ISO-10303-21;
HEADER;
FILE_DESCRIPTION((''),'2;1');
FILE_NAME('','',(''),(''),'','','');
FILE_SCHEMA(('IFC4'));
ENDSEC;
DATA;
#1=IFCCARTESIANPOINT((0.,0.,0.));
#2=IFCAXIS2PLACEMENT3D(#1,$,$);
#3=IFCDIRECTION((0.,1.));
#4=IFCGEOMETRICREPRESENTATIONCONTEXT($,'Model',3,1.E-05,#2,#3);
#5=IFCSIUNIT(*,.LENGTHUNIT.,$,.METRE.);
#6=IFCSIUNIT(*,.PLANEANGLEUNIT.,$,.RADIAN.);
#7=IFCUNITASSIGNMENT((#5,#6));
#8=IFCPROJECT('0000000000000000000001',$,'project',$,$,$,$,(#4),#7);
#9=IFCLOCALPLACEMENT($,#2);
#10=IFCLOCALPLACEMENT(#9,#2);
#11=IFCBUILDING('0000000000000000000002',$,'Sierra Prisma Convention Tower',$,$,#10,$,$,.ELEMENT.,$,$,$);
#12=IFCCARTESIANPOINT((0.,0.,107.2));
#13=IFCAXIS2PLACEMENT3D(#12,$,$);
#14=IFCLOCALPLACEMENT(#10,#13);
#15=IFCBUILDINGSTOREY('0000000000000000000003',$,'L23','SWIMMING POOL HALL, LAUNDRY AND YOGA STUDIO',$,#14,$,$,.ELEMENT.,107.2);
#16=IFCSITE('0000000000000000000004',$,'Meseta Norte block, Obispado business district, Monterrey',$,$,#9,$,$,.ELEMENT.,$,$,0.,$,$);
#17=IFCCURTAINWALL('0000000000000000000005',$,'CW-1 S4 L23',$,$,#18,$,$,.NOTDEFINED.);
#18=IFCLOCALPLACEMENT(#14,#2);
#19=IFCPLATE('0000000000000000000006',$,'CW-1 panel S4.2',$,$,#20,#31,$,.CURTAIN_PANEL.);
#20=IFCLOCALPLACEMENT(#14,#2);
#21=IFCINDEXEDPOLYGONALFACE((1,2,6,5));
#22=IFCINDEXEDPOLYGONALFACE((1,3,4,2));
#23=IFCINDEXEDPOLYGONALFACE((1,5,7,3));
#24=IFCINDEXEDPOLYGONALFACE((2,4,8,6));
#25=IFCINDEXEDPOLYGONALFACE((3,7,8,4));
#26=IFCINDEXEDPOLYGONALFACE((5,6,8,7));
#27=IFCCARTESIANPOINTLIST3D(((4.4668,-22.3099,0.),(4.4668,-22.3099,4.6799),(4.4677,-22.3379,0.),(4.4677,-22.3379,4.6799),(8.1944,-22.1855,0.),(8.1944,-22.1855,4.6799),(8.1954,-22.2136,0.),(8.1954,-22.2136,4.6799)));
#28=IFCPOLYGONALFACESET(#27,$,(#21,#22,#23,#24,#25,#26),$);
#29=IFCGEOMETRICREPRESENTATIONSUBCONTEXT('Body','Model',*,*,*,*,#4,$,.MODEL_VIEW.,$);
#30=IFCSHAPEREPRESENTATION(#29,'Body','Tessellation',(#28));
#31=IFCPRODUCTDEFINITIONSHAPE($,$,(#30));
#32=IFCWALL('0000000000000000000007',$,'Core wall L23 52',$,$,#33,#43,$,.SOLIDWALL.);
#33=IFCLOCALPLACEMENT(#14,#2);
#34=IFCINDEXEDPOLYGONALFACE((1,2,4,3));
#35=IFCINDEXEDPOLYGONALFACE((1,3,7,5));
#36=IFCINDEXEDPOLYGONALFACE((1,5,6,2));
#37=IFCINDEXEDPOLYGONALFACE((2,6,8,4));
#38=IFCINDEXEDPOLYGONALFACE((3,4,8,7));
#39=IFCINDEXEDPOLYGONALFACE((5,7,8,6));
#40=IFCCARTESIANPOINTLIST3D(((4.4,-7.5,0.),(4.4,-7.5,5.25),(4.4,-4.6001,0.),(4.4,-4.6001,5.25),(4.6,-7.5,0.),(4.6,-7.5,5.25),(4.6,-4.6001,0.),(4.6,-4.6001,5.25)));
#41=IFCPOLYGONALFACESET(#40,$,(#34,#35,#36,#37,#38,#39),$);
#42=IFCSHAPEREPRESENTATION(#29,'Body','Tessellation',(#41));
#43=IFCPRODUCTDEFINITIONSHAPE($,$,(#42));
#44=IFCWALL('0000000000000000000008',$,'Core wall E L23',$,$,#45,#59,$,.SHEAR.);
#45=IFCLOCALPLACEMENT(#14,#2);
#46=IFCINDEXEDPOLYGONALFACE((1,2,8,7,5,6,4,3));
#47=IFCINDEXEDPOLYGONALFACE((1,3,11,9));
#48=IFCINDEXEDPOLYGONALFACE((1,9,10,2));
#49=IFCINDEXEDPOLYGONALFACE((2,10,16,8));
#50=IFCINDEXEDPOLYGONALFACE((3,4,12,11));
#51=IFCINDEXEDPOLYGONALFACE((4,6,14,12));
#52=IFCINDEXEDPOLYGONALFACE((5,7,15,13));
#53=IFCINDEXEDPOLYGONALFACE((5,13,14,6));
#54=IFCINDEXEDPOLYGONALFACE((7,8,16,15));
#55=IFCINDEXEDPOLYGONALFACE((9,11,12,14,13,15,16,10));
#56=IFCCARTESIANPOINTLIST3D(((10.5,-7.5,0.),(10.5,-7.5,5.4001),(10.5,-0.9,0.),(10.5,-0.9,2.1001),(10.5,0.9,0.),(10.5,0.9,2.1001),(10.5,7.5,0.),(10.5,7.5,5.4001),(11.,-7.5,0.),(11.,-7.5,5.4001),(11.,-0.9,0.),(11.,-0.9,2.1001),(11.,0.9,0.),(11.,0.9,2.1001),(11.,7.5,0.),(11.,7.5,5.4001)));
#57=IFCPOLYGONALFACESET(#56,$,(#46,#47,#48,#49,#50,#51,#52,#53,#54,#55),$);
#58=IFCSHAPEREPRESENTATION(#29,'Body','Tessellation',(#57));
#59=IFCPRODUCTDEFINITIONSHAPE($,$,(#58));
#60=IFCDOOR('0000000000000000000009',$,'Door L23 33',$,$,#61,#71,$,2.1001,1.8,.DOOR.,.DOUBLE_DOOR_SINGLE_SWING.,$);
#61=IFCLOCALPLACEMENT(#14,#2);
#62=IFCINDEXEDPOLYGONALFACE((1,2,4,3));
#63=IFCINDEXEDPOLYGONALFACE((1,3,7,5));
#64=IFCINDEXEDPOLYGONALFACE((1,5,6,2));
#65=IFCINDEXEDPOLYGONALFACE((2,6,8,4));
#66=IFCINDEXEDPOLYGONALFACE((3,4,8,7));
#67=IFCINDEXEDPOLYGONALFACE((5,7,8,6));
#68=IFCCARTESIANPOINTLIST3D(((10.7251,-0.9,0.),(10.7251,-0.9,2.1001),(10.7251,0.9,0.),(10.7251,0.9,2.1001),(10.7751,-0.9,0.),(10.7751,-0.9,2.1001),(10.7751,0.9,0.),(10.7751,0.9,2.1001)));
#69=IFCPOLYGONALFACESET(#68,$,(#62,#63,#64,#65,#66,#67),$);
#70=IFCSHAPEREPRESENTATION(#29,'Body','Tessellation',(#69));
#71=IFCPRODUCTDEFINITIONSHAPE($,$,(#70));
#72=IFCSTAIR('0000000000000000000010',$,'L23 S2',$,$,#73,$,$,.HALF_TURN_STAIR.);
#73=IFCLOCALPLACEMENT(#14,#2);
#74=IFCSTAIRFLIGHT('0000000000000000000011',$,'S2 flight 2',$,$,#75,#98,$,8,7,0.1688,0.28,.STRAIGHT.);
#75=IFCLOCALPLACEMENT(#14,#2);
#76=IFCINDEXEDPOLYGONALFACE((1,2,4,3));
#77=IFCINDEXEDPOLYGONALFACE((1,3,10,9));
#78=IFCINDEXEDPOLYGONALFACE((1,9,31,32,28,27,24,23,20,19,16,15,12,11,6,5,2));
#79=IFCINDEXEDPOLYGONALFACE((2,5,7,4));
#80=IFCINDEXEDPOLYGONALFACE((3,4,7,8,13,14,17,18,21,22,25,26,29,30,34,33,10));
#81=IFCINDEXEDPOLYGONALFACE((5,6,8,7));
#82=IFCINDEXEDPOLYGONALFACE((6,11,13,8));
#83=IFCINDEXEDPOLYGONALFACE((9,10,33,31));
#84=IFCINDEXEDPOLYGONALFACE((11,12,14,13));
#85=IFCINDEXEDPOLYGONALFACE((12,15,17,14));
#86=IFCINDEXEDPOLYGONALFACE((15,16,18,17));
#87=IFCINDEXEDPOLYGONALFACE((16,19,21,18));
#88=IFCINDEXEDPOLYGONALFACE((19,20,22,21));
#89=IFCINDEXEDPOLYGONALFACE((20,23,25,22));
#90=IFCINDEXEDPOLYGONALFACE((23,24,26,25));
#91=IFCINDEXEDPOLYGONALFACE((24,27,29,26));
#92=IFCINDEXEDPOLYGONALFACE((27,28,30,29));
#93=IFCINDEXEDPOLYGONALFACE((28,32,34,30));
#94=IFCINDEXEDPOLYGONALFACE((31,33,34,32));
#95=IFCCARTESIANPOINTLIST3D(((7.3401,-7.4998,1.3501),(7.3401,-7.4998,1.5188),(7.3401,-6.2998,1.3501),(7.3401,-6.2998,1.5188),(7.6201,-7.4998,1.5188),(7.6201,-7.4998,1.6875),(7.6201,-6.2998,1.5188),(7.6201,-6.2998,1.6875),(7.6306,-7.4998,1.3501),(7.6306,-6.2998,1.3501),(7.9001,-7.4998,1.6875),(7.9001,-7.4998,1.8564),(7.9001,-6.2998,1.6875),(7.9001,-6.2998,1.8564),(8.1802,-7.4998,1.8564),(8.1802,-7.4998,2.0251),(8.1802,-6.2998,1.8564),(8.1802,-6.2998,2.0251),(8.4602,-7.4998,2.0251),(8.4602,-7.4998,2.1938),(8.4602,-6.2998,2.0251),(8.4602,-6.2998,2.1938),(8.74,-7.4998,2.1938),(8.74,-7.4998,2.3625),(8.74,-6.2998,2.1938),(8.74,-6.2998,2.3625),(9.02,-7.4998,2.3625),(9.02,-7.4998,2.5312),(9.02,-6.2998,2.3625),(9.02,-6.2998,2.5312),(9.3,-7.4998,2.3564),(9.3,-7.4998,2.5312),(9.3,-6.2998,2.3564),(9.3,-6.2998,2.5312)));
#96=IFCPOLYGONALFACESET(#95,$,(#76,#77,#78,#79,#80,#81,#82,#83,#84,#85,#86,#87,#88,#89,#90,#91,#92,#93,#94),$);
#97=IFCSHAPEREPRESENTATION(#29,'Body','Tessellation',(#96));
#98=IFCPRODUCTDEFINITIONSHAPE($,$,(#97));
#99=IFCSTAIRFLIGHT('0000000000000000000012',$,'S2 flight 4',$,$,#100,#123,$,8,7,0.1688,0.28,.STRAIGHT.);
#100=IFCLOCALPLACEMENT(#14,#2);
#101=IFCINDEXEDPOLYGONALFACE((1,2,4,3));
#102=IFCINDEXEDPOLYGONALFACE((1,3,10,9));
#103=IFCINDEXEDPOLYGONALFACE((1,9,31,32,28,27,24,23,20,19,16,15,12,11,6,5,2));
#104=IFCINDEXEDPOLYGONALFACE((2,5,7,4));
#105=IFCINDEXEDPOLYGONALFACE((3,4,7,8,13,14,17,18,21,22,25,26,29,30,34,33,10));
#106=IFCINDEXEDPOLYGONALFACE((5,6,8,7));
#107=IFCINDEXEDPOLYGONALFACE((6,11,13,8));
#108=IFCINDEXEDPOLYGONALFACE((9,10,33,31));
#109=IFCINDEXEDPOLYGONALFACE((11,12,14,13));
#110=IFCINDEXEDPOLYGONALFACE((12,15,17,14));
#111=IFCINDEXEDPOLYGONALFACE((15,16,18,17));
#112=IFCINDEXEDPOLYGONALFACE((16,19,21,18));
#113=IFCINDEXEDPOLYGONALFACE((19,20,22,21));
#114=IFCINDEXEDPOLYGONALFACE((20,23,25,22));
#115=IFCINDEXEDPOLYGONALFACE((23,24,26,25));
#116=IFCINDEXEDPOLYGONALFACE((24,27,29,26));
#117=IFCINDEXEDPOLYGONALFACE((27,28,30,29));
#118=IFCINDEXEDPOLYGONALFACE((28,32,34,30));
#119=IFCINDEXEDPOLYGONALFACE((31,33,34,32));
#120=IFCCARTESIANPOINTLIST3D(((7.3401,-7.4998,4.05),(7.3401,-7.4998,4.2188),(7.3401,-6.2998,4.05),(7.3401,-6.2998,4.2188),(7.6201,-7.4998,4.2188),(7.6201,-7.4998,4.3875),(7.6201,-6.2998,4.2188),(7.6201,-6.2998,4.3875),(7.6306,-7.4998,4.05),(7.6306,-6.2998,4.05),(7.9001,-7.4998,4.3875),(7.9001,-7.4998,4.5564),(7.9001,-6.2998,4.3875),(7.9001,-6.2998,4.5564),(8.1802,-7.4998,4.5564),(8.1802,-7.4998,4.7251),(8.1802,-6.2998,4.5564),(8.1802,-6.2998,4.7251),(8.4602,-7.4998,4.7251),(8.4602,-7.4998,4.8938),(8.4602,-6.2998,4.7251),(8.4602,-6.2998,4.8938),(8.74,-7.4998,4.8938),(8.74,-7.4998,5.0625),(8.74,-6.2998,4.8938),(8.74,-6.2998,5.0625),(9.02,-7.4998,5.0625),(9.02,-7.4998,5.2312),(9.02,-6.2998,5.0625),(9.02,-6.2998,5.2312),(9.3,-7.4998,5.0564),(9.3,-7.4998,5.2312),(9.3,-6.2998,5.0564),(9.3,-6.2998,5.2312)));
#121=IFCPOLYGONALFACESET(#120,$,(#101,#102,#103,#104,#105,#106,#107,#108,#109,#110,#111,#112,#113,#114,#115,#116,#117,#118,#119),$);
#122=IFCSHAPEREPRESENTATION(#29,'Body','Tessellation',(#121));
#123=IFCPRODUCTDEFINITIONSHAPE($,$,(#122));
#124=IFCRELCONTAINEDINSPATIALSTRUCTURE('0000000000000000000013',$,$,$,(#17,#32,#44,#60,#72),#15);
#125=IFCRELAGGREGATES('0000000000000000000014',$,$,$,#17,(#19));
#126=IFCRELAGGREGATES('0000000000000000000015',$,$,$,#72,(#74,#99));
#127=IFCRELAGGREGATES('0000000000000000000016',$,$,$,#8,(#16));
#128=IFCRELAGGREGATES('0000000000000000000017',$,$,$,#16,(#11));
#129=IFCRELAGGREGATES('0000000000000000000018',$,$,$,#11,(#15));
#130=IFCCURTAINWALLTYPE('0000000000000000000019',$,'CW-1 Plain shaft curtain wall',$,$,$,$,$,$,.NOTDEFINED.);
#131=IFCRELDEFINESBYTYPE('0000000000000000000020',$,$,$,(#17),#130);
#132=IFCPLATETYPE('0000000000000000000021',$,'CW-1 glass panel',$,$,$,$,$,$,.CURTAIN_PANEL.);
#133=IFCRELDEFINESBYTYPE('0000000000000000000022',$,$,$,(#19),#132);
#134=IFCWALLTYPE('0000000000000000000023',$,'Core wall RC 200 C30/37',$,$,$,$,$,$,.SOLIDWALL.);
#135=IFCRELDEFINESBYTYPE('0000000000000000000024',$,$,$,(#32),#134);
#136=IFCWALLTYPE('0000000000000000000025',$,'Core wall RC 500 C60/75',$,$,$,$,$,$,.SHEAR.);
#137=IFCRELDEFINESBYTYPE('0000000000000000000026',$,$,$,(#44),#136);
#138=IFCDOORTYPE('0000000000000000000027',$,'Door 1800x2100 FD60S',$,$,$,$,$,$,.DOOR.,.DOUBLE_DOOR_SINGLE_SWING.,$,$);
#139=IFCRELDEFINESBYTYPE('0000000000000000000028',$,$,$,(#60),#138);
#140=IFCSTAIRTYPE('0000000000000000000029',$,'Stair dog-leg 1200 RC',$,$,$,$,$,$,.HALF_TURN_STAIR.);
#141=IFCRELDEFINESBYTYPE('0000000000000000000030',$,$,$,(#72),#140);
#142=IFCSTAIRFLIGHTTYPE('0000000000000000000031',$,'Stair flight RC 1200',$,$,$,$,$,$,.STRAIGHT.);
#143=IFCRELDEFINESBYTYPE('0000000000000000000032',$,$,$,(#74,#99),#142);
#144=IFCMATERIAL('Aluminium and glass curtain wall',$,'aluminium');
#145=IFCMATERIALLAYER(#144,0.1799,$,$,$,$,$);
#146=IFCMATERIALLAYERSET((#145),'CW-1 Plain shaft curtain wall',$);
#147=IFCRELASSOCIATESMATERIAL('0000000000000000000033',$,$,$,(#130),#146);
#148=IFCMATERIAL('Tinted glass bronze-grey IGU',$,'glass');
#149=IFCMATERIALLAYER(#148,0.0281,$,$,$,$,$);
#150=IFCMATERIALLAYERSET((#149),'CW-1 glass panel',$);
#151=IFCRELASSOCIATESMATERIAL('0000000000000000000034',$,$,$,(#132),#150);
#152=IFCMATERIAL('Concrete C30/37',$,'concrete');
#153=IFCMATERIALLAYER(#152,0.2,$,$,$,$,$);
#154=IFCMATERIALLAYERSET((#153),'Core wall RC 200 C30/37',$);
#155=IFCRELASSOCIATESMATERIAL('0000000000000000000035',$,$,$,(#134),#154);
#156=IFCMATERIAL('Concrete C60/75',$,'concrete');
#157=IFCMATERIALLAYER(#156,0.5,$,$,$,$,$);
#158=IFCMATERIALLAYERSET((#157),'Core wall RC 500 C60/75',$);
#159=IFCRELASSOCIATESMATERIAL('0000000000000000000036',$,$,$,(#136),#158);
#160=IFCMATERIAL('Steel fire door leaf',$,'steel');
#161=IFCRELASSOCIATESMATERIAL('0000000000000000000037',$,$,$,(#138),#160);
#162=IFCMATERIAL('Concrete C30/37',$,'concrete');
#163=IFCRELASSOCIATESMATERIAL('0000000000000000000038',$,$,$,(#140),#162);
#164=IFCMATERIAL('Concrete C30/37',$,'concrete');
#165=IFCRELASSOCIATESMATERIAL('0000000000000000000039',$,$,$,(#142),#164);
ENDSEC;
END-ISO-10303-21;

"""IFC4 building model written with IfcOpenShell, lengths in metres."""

from ifc_helpers import new_model, si_unit, direction, frame, frame_2d, origin, origin_2d, place, context, subcontext, project, spatial, polyline, rectangle, outline, extrude, material, layer, layer_set, type_object, element, fill, aggregate, save


model = new_model("IFC4")

# Units and contexts
model_context = context("Model", 3, precision=1e-05, world=origin(), true_north=direction((0.0, 1.0)))
body_context = subcontext(model_context, "Body", "Model", "MODEL_VIEW")
ifc_project = project(units=[si_unit("LENGTHUNIT", "METRE"), si_unit("PLANEANGLEUNIT", "RADIAN")], contexts=[model_context])

# Site, building, storey
site_placement = place(None, origin())
site = spatial("IfcSite", under=ifc_project, at=site_placement, Name="Meseta Norte block, Obispado business district, Monterrey", CompositionType="ELEMENT", RefElevation=0.0)
building_placement = place(site_placement, origin())
building = spatial("IfcBuilding", under=site, at=building_placement, Name="Sierra Prisma Convention Tower", CompositionType="ELEMENT")
storey_placement = place(building_placement, frame((0.0, 0.0, 107.2)))
storey = spatial("IfcBuildingStorey", under=building, at=storey_placement, Name="L23", Description="SWIMMING POOL HALL, LAUNDRY AND YOGA STUDIO", CompositionType="ELEMENT", Elevation=107.2)

# Curtain wall
ifc_material_1 = material(Name="Aluminium and glass curtain wall", Category="aluminium")
ifc_layer_1 = layer(ifc_material_1, 0.1799)
ifc_layer_set_1 = layer_set([ifc_layer_1], Name="CW-1 Plain shaft curtain wall")
curtain_wall_type = type_object("IfcCurtainWallType", Name="CW-1 Plain shaft curtain wall", PredefinedType="NOTDEFINED", material=ifc_layer_set_1)
curtain_wall_1_placement = place(storey_placement, origin())
curtain_wall_1 = element("IfcCurtainWall", 1, at=curtain_wall_1_placement, inside=storey, type_object=curtain_wall_type, Name="CW-1 S4 L23", PredefinedType="NOTDEFINED")

# Plate
ifc_material_2 = material(Name="Tinted glass bronze-grey IGU", Category="glass")
ifc_layer_2 = layer(ifc_material_2, 0.0281)
ifc_layer_set_2 = layer_set([ifc_layer_2], Name="CW-1 glass panel")
plate_type = type_object("IfcPlateType", Name="CW-1 glass panel", PredefinedType="CURTAIN_PANEL", material=ifc_layer_set_2)
plate_1_placement = place(storey_placement, frame((6.3311, -22.2617, 0.0), z_axis=(0.0, 0.0, 1.0), x_axis=(0.999444, 0.033341, 0.0)))
plate_1 = element("IfcPlate", 2, at=plate_1_placement, type_object=plate_type, Name="CW-1 panel S4.2", PredefinedType="CURTAIN_PANEL", context=body_context, shape_type="SweptSolid", body=[
    extrude(rectangle(XDim=3.7297, YDim=0.0281, at=origin_2d()), origin(), (0.0, 0.0, 1.0), 4.6799),
])
aggregate(curtain_wall_1, [plate_1])

# Wall
ifc_material_3 = material(Name="Concrete C30/37", Category="concrete")
ifc_layer_3 = layer(ifc_material_3, 0.2)
ifc_layer_set_3 = layer_set([ifc_layer_3], Name="Core wall RC 200 C30/37")
wall_type_1 = type_object("IfcWallType", Name="Core wall RC 200 C30/37", PredefinedType="SOLIDWALL", material=ifc_layer_set_3)
wall_1_placement = place(storey_placement, frame((4.5, -7.5, 0.0), z_axis=(0.0, 0.0, 1.0), x_axis=(0.0, 1.0, 0.0)))
element("IfcWall", 3, at=wall_1_placement, inside=storey, type_object=wall_type_1, Name="Core wall L23 52", PredefinedType="SOLIDWALL", context=body_context, shape_type="SweptSolid", body=[
    extrude(rectangle(XDim=2.8999, YDim=0.2, at=frame_2d((1.45, 0.0))), origin(), (0.0, 0.0, 1.0), 5.25),
])

# Wall, opening, door
ifc_material_4 = material(Name="Concrete C60/75", Category="concrete")
ifc_layer_4 = layer(ifc_material_4, 0.5)
ifc_layer_set_4 = layer_set([ifc_layer_4], Name="Core wall RC 500 C60/75")
wall_type_2 = type_object("IfcWallType", Name="Core wall RC 500 C60/75", PredefinedType="SHEAR", material=ifc_layer_set_4)
wall_2_placement = place(storey_placement, frame((10.75, -7.5, 0.0), z_axis=(0.0, 0.0, 1.0), x_axis=(0.0, 1.0, 0.0)))
wall_2 = element("IfcWall", 4, at=wall_2_placement, inside=storey, type_object=wall_type_2, Name="Core wall E L23", PredefinedType="SHEAR", context=body_context, shape_type="SweptSolid", body=[
    extrude(rectangle(XDim=15.0, YDim=0.5, at=frame_2d((7.5, 0.0))), origin(), (0.0, 0.0, 1.0), 5.4001),
])
opening_placement = place(wall_2_placement, frame((6.6001, 0.0, 0.0)))
opening = element("IfcOpeningElement", 5, at=opening_placement, cuts=wall_2, PredefinedType="OPENING", context=body_context, shape_type="SweptSolid", body=[
    extrude(rectangle(XDim=1.8, YDim=2.1001, at=frame_2d((0.8999, 1.05))), frame((0.0, 0.25, 0.0), z_axis=(0.0, -1.0, 0.0), x_axis=(1.0, 0.0, 0.0)), (0.0, 0.0, 1.0), 0.5),
])
ifc_material_5 = material(Name="Steel fire door leaf", Category="steel")
door_type = type_object("IfcDoorType", Name="Door 1800x2100 FD60S", OperationType="DOUBLE_DOOR_SINGLE_SWING", PredefinedType="DOOR", material=ifc_material_5)
door_placement = place(opening_placement, origin())
door = element("IfcDoor", 6, at=door_placement, inside=storey, type_object=door_type, Name="Door L23 33", OperationType="DOUBLE_DOOR_SINGLE_SWING", OverallHeight=2.1001, OverallWidth=1.8, PredefinedType="DOOR", context=body_context, shape_type="SweptSolid", body=[
    extrude(rectangle(XDim=1.8, YDim=2.1001, at=frame_2d((0.8999, 1.05))), frame((0.0, 0.0249, 0.0), z_axis=(0.0, -1.0, 0.0), x_axis=(1.0, 0.0, 0.0)), (0.0, 0.0, 1.0), 0.05),
])
fill(opening, door)

# Stair, stair flights
ifc_material_6 = material(Name="Concrete C30/37", Category="concrete")
stair_type = type_object("IfcStairType", Name="Stair dog-leg 1200 RC", PredefinedType="HALF_TURN_STAIR", material=ifc_material_6)
stair_placement = place(storey_placement, origin())
stair = element("IfcStair", 7, at=stair_placement, inside=storey, type_object=stair_type, Name="L23 S2", PredefinedType="HALF_TURN_STAIR")
ifc_material_7 = material(Name="Concrete C30/37", Category="concrete")
stair_flight_type = type_object("IfcStairFlightType", Name="Stair flight RC 1200", PredefinedType="STRAIGHT", material=ifc_material_7)
stair_flight_1_placement = place(storey_placement, frame((7.3401, -6.8999, 1.3501), z_axis=(0.0, 0.0, 1.0), x_axis=(1.0, 0.0, 0.0)))
stair_flight_1 = element("IfcStairFlight", 8, at=stair_flight_1_placement, type_object=stair_flight_type, Name="S2 flight 2", NumberOfRisers=8, NumberOfTreads=7, PredefinedType="STRAIGHT", RiserHeight=0.1688, TreadLength=0.28, context=body_context, shape_type="SweptSolid", body=[
    extrude(outline(polyline([(0.0, 0.0), (0.0, 0.1687), (0.28, 0.1687), (0.28, 0.3374), (0.5601, 0.3374), (0.5601, 0.5063), (0.8401, 0.5063), (0.8401, 0.675), (1.1201, 0.675), (1.1201, 0.8438), (1.3999, 0.8438), (1.3999, 1.0125), (1.6799, 1.0125), (1.6799, 1.1812), (1.96, 1.1812), (1.96, 1.3501), (1.96, 1.0063), (0.2905, 0.0), (0.0, 0.0)])), frame((0.0, 0.6001, 0.0), z_axis=(0.0, -1.0, 0.0), x_axis=(1.0, 0.0, 0.0)), (0.0, 0.0, 1.0), 1.2),
])
stair_flight_2_placement = place(storey_placement, frame((7.3401, -6.8999, 4.05), z_axis=(0.0, 0.0, 1.0), x_axis=(1.0, 0.0, 0.0)))
stair_flight_2 = element("IfcStairFlight", 9, at=stair_flight_2_placement, type_object=stair_flight_type, Name="S2 flight 4", NumberOfRisers=8, NumberOfTreads=7, PredefinedType="STRAIGHT", RiserHeight=0.1688, TreadLength=0.28, context=body_context, shape_type="SweptSolid", body=[
    extrude(outline(polyline([(0.0, 0.0), (0.0, 0.1687), (0.28, 0.1687), (0.28, 0.3374), (0.5601, 0.3374), (0.5601, 0.5063), (0.8401, 0.5063), (0.8401, 0.675), (1.1201, 0.675), (1.1201, 0.8438), (1.3999, 0.8438), (1.3999, 1.0125), (1.6799, 1.0125), (1.6799, 1.1812), (1.96, 1.1812), (1.96, 1.3501), (1.96, 1.0063), (0.2905, 0.0), (0.0, 0.0)])), frame((0.0, 0.6001, 0.0), z_axis=(0.0, -1.0, 0.0), x_axis=(1.0, 0.0, 0.0)), (0.0, 0.0, 1.0), 1.2),
])
aggregate(stair, [stair_flight_1, stair_flight_2])

save(model, "model.ifc")
